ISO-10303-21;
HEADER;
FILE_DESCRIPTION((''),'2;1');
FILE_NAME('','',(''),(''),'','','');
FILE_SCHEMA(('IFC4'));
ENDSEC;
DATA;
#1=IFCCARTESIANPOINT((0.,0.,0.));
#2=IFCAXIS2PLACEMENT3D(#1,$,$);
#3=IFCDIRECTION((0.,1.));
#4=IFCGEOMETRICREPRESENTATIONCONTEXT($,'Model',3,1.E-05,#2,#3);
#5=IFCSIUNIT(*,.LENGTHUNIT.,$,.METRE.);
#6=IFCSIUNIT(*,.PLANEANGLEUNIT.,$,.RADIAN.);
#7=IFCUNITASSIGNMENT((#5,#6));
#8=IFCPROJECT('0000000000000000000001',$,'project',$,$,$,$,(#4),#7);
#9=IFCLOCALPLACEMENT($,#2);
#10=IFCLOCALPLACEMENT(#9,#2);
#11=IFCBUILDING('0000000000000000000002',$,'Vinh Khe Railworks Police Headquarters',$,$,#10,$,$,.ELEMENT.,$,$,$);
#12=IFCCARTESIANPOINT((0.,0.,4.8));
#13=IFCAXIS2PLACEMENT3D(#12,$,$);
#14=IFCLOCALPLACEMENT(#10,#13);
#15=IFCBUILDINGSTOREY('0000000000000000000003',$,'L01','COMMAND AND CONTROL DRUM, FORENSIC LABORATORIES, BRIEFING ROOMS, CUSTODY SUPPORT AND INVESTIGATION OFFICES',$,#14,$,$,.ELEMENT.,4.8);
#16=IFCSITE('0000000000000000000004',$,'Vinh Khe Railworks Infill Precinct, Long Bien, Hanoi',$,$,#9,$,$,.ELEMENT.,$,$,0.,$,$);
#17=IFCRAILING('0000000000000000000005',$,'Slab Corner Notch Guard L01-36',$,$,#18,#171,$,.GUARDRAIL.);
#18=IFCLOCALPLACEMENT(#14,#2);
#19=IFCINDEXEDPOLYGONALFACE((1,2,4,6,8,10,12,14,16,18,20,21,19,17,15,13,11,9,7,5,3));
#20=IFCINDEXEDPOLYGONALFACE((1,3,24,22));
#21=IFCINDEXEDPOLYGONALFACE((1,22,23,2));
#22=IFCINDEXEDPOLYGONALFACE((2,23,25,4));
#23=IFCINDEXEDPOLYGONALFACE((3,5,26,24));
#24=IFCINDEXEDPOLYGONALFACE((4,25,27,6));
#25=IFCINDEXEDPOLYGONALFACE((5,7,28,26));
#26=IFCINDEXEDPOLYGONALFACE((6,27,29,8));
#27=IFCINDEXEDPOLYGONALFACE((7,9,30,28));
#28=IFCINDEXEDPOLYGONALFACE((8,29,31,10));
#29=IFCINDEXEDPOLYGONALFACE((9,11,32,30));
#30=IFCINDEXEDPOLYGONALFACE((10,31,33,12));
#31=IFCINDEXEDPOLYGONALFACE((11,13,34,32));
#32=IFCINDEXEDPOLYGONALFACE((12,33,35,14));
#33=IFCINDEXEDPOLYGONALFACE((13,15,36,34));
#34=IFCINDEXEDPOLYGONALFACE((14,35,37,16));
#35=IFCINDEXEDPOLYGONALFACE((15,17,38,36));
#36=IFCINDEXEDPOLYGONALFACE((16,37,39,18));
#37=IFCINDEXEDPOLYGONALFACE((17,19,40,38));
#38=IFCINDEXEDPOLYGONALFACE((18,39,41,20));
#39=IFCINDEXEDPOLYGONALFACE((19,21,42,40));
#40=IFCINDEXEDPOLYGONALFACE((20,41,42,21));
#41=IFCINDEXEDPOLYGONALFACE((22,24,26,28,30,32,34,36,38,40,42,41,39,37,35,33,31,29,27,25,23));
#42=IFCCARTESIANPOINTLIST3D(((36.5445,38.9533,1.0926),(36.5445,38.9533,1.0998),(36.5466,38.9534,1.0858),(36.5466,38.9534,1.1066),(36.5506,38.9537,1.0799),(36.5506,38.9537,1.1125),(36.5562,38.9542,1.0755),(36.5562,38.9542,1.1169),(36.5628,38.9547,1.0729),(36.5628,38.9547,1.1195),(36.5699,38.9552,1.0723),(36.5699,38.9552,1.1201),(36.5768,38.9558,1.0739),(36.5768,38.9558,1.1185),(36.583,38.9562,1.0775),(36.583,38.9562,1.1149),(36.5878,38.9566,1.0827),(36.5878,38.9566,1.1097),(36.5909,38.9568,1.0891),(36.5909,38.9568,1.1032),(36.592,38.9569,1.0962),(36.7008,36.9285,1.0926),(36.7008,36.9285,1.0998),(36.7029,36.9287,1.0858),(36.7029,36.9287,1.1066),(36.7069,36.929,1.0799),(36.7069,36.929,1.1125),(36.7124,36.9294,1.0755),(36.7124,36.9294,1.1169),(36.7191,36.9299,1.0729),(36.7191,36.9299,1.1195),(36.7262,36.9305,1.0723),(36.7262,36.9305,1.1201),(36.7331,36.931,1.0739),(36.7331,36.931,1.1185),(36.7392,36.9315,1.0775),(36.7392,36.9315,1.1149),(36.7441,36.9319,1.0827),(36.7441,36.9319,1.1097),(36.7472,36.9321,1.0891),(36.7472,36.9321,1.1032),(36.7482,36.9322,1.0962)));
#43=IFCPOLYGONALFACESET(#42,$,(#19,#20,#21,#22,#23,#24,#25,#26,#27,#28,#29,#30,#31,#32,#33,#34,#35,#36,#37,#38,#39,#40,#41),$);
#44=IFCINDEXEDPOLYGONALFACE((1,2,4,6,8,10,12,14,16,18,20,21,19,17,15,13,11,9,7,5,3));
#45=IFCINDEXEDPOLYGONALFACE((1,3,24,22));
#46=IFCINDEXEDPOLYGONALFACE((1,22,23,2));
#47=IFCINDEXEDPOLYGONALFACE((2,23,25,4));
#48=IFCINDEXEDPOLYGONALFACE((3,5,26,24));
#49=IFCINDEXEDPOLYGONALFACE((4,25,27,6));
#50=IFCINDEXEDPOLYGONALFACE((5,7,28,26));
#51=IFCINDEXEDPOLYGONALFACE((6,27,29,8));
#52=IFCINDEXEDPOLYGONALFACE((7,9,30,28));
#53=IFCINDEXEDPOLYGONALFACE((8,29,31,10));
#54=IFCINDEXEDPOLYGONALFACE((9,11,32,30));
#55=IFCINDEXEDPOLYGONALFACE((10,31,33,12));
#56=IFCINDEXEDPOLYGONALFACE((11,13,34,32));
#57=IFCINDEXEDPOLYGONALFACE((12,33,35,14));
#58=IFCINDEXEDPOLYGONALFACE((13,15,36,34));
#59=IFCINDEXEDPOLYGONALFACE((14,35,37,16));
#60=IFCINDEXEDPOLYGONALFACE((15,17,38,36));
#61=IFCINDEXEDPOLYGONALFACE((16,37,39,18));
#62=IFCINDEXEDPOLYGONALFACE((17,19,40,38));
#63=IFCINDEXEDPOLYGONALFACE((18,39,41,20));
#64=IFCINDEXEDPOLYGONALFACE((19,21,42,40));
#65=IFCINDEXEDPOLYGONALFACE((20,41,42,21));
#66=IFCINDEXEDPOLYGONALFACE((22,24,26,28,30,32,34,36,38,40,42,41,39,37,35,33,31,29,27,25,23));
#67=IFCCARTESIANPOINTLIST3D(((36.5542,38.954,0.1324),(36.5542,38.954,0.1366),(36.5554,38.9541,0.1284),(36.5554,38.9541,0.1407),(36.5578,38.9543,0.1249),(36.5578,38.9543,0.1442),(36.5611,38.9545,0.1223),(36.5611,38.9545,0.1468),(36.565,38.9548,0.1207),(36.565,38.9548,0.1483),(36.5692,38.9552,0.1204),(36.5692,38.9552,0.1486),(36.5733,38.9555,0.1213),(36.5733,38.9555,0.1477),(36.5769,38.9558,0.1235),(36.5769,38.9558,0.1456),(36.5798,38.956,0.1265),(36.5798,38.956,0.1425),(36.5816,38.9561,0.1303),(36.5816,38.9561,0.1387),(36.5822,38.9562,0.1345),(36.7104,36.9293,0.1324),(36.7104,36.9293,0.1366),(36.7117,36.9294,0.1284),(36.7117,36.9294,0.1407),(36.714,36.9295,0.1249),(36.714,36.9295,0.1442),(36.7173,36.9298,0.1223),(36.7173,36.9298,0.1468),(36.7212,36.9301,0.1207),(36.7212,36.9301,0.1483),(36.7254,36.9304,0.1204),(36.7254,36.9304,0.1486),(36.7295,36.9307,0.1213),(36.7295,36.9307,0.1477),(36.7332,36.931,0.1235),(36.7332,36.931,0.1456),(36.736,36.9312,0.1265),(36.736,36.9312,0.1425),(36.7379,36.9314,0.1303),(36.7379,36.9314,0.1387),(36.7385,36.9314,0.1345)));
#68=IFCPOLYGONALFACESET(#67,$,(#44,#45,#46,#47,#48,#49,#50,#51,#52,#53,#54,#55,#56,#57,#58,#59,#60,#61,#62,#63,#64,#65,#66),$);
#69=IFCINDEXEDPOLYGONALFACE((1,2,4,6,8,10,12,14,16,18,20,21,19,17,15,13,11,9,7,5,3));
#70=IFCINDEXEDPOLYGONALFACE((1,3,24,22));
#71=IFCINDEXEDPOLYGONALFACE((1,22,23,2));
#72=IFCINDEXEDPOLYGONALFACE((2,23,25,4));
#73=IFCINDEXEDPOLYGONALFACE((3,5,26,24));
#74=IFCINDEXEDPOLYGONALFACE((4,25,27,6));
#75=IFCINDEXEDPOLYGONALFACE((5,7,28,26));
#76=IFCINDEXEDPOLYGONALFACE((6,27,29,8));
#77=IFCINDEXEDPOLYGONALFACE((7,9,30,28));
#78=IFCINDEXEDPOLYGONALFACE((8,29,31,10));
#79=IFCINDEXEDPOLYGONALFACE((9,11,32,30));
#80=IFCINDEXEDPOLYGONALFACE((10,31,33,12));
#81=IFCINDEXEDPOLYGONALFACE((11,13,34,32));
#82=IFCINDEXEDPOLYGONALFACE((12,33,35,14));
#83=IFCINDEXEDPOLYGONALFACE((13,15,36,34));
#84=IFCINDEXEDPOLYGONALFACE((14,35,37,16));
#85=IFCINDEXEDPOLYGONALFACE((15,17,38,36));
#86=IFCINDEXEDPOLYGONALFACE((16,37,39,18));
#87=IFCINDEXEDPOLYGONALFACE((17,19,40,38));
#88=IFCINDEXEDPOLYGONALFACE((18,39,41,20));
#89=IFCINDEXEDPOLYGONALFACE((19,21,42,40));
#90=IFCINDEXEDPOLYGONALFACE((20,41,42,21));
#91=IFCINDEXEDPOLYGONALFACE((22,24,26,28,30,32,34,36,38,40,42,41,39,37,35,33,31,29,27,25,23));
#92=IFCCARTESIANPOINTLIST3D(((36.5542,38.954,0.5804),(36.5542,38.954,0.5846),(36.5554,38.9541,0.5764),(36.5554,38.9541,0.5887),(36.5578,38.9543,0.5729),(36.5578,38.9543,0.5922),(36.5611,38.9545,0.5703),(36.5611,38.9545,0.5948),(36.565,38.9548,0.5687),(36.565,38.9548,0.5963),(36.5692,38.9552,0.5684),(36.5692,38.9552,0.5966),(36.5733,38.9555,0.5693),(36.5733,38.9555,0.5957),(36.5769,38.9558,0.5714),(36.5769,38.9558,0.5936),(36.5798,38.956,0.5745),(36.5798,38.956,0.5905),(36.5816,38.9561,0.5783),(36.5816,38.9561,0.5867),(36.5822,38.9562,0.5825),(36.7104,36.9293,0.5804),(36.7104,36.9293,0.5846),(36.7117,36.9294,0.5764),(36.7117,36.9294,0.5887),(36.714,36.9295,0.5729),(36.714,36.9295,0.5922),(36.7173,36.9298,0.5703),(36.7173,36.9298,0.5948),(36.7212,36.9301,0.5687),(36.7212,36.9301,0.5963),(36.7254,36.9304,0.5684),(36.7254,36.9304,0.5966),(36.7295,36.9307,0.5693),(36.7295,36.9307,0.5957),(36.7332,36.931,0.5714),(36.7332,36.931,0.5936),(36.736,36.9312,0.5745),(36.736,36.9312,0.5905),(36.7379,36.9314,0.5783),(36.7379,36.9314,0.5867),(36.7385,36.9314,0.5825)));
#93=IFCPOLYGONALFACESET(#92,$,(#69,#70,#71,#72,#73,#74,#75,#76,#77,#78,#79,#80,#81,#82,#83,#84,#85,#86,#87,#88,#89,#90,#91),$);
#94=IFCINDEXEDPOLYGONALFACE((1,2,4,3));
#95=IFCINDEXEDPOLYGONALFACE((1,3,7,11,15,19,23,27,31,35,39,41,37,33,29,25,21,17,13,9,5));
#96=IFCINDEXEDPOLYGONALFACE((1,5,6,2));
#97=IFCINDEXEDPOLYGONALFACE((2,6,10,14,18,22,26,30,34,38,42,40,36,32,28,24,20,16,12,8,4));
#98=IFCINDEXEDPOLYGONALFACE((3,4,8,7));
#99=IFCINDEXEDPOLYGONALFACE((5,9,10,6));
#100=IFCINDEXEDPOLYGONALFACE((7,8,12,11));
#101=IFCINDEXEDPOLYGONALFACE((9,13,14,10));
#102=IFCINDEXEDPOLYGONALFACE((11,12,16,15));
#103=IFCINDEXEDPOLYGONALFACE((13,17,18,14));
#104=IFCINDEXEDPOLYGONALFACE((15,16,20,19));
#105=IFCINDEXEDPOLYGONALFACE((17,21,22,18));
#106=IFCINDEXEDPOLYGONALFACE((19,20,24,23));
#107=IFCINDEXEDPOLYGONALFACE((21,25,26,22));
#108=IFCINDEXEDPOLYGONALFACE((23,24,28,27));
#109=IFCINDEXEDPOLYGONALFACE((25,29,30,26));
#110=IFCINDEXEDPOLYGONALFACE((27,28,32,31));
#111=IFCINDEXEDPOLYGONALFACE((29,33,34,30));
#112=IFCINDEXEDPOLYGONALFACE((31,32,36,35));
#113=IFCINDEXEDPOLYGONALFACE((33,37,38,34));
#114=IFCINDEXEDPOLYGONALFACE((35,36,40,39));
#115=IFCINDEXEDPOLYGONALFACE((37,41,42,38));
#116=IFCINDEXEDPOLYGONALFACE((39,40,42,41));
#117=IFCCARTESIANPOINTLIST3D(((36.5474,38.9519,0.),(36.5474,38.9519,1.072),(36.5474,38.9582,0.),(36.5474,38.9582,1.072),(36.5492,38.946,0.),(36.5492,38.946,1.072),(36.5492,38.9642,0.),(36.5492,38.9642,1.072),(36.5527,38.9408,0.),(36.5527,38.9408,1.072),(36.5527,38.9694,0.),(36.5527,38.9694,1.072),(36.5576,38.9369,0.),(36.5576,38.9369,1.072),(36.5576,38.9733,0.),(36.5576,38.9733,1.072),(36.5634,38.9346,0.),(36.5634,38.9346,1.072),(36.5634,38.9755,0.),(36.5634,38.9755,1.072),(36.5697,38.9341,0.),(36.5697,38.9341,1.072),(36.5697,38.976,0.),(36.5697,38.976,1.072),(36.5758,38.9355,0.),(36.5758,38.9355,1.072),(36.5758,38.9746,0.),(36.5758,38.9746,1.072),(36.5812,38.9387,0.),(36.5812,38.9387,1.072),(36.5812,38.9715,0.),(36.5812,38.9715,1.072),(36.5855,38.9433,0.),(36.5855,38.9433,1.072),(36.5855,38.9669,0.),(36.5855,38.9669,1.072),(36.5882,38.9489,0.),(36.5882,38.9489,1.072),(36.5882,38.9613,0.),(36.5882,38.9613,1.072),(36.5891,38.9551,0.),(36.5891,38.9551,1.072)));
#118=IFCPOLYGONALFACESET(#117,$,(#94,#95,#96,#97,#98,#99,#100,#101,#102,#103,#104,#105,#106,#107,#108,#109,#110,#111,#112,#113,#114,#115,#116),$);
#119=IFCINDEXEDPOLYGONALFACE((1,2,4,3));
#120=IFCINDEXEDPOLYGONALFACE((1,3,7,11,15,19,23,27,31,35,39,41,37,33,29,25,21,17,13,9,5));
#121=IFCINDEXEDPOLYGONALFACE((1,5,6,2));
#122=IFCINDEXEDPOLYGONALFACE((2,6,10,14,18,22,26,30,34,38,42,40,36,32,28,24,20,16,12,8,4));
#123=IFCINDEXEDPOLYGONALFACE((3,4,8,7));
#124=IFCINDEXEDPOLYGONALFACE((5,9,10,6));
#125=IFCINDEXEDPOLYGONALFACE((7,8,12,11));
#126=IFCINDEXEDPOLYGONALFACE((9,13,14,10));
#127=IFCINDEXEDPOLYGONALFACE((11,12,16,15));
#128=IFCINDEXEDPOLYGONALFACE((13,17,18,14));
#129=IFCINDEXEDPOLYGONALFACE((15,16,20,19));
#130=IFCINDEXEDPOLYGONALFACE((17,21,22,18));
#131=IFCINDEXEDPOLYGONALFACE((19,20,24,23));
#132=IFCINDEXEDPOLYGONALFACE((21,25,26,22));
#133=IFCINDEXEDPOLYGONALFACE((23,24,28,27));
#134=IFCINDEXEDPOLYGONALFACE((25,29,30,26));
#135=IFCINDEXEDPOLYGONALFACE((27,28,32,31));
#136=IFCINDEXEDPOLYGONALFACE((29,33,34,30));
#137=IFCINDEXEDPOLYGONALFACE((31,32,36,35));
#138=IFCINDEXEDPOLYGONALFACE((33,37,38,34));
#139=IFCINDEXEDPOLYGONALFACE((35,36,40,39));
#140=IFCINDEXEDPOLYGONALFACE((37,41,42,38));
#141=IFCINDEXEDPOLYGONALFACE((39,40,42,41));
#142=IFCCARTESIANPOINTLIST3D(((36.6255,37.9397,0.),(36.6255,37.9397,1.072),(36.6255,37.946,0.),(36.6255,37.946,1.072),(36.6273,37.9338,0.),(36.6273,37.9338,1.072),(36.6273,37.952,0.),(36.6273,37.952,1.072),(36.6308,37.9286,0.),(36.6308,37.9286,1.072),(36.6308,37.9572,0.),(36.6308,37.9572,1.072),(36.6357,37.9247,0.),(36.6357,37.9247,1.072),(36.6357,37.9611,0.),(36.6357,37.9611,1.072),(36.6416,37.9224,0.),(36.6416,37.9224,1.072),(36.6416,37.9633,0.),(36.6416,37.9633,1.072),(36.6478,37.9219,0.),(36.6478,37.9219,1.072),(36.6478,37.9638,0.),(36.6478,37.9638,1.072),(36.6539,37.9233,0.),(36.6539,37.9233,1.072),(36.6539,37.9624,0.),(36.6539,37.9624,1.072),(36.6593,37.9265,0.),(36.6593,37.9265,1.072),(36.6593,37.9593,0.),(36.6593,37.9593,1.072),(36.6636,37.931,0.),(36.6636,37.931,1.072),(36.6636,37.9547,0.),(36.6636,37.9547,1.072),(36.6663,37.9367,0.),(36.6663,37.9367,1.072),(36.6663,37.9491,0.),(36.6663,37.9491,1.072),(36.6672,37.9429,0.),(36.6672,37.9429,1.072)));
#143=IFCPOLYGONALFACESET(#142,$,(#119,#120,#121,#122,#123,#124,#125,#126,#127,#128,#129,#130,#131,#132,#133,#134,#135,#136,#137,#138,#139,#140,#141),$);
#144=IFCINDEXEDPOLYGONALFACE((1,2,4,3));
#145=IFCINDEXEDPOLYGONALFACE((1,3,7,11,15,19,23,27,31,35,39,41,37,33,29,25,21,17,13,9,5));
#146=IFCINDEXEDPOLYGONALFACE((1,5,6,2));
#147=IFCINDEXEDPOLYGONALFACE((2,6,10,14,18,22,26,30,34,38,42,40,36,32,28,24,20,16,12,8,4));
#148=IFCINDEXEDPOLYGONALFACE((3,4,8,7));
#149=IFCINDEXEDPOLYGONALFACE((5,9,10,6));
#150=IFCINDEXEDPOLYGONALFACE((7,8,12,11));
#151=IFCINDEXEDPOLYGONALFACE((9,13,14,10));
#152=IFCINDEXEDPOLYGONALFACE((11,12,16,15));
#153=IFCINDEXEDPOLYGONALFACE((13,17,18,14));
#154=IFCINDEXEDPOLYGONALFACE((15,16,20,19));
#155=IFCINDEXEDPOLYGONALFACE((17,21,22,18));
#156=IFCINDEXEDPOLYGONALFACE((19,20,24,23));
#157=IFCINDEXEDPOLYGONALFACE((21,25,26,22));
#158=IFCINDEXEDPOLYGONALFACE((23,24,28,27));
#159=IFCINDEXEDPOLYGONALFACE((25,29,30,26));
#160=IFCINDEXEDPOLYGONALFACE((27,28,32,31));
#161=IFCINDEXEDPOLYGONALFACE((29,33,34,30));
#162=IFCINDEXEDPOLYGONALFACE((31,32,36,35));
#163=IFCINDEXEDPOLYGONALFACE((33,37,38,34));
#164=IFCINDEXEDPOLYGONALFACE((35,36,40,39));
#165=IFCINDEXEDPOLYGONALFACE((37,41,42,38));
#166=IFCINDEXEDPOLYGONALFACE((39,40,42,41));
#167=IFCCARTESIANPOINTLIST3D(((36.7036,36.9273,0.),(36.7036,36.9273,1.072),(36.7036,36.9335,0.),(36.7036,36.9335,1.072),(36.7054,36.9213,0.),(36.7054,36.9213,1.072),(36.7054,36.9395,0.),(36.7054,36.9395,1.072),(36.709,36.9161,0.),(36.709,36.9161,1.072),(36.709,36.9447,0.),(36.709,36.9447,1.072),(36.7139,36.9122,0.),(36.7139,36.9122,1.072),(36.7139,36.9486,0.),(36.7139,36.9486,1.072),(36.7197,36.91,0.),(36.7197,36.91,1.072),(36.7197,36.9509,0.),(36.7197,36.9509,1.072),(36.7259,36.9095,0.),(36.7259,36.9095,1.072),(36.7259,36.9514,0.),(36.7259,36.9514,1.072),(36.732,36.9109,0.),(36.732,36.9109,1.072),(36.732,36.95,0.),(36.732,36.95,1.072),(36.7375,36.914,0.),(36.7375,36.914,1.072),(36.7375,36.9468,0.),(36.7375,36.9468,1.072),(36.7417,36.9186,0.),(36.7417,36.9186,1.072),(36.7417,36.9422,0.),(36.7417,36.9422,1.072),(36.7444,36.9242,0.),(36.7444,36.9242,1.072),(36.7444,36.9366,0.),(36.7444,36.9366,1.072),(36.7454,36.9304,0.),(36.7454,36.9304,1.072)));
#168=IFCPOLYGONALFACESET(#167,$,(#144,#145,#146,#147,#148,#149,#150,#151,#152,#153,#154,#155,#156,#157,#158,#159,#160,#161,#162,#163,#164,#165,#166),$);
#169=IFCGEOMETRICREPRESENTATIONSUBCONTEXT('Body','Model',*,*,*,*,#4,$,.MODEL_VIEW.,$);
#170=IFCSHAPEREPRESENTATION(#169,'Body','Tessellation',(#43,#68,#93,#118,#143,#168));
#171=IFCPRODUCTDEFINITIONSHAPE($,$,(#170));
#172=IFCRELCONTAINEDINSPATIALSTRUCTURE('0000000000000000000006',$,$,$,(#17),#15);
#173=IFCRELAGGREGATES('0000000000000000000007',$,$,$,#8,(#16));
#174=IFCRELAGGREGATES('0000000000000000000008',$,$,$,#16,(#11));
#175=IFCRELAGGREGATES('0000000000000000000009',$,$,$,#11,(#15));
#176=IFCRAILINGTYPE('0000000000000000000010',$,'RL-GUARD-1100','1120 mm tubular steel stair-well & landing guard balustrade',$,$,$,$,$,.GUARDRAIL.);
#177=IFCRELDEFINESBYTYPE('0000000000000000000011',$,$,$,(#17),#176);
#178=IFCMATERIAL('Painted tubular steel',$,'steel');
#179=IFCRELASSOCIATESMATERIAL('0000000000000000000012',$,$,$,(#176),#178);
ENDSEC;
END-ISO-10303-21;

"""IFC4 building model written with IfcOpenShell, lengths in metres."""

from ifc_helpers import new_model, si_unit, direction, frame, origin, origin_2d, place, context, subcontext, project, spatial, circle, extrude, material, type_object, element, save


model = new_model("IFC4")

# Units and contexts
model_context = context("Model", 3, precision=1e-05, world=origin(), true_north=direction((0.0, 1.0)))
body_context = subcontext(model_context, "Body", "Model", "MODEL_VIEW")
ifc_project = project(units=[si_unit("LENGTHUNIT", "METRE"), si_unit("PLANEANGLEUNIT", "RADIAN")], contexts=[model_context])

# Site, building, storey
site_placement = place(None, origin())
site = spatial("IfcSite", under=ifc_project, at=site_placement, Name="Vinh Khe Railworks Infill Precinct, Long Bien, Hanoi", CompositionType="ELEMENT", RefElevation=0.0)
building_placement = place(site_placement, origin())
building = spatial("IfcBuilding", under=site, at=building_placement, Name="Vinh Khe Railworks Police Headquarters", CompositionType="ELEMENT")
storey_placement = place(building_placement, frame((0.0, 0.0, 4.8)))
storey = spatial("IfcBuildingStorey", under=building, at=storey_placement, Name="L01", Description="COMMAND AND CONTROL DRUM, FORENSIC LABORATORIES, BRIEFING ROOMS, CUSTODY SUPPORT AND INVESTIGATION OFFICES", CompositionType="ELEMENT", Elevation=4.8)

# Railing
ifc_material_1 = material(Name="Painted tubular steel", Category="steel")
railing_type_1 = type_object("IfcRailingType", Name="RL-GUARD-1100", Description="1120 mm tubular steel stair-well & landing guard balustrade", PredefinedType="GUARDRAIL", material=ifc_material_1)
railing_1_placement = place(storey_placement, frame((36.5681, 38.9551, 0.0)))
element("IfcRailing", 1, at=railing_1_placement, inside=storey, type_object=railing_type_1, Name="Slab Corner Notch Guard L01-36", PredefinedType="GUARDRAIL", context=body_context, shape_type="SweptSolid", body=[
    extrude(circle(Radius=0.0239, at=origin_2d()), frame((0.0, 0.0, 1.0962), z_axis=(0.076945, -0.997035, 0.0), x_axis=(0.997035, 0.076945, 0.0)), (0.0, 0.0, 1.0), 2.0308),
    extrude(circle(Radius=0.0142, at=origin_2d()), frame((0.0, 0.0, 0.1345), z_axis=(0.076945, -0.997035, 0.0), x_axis=(0.997035, 0.076945, 0.0)), (0.0, 0.0, 1.0), 2.0308),
    extrude(circle(Radius=0.0142, at=origin_2d()), frame((0.0, 0.0, 0.5825), z_axis=(0.076945, -0.997035, 0.0), x_axis=(0.997035, 0.076945, 0.0)), (0.0, 0.0, 1.0), 2.0308),
    extrude(circle(Radius=0.021, at=origin_2d()), origin(), (0.0, 0.0, 1.0), 1.072),
    extrude(circle(Radius=0.021, at=origin_2d()), frame((0.0781, -1.0122, 0.0)), (0.0, 0.0, 1.0), 1.072),
    extrude(circle(Radius=0.021, at=origin_2d()), frame((0.1562, -2.0247, 0.0)), (0.0, 0.0, 1.0), 1.072),
])

save(model, "model.ifc")
